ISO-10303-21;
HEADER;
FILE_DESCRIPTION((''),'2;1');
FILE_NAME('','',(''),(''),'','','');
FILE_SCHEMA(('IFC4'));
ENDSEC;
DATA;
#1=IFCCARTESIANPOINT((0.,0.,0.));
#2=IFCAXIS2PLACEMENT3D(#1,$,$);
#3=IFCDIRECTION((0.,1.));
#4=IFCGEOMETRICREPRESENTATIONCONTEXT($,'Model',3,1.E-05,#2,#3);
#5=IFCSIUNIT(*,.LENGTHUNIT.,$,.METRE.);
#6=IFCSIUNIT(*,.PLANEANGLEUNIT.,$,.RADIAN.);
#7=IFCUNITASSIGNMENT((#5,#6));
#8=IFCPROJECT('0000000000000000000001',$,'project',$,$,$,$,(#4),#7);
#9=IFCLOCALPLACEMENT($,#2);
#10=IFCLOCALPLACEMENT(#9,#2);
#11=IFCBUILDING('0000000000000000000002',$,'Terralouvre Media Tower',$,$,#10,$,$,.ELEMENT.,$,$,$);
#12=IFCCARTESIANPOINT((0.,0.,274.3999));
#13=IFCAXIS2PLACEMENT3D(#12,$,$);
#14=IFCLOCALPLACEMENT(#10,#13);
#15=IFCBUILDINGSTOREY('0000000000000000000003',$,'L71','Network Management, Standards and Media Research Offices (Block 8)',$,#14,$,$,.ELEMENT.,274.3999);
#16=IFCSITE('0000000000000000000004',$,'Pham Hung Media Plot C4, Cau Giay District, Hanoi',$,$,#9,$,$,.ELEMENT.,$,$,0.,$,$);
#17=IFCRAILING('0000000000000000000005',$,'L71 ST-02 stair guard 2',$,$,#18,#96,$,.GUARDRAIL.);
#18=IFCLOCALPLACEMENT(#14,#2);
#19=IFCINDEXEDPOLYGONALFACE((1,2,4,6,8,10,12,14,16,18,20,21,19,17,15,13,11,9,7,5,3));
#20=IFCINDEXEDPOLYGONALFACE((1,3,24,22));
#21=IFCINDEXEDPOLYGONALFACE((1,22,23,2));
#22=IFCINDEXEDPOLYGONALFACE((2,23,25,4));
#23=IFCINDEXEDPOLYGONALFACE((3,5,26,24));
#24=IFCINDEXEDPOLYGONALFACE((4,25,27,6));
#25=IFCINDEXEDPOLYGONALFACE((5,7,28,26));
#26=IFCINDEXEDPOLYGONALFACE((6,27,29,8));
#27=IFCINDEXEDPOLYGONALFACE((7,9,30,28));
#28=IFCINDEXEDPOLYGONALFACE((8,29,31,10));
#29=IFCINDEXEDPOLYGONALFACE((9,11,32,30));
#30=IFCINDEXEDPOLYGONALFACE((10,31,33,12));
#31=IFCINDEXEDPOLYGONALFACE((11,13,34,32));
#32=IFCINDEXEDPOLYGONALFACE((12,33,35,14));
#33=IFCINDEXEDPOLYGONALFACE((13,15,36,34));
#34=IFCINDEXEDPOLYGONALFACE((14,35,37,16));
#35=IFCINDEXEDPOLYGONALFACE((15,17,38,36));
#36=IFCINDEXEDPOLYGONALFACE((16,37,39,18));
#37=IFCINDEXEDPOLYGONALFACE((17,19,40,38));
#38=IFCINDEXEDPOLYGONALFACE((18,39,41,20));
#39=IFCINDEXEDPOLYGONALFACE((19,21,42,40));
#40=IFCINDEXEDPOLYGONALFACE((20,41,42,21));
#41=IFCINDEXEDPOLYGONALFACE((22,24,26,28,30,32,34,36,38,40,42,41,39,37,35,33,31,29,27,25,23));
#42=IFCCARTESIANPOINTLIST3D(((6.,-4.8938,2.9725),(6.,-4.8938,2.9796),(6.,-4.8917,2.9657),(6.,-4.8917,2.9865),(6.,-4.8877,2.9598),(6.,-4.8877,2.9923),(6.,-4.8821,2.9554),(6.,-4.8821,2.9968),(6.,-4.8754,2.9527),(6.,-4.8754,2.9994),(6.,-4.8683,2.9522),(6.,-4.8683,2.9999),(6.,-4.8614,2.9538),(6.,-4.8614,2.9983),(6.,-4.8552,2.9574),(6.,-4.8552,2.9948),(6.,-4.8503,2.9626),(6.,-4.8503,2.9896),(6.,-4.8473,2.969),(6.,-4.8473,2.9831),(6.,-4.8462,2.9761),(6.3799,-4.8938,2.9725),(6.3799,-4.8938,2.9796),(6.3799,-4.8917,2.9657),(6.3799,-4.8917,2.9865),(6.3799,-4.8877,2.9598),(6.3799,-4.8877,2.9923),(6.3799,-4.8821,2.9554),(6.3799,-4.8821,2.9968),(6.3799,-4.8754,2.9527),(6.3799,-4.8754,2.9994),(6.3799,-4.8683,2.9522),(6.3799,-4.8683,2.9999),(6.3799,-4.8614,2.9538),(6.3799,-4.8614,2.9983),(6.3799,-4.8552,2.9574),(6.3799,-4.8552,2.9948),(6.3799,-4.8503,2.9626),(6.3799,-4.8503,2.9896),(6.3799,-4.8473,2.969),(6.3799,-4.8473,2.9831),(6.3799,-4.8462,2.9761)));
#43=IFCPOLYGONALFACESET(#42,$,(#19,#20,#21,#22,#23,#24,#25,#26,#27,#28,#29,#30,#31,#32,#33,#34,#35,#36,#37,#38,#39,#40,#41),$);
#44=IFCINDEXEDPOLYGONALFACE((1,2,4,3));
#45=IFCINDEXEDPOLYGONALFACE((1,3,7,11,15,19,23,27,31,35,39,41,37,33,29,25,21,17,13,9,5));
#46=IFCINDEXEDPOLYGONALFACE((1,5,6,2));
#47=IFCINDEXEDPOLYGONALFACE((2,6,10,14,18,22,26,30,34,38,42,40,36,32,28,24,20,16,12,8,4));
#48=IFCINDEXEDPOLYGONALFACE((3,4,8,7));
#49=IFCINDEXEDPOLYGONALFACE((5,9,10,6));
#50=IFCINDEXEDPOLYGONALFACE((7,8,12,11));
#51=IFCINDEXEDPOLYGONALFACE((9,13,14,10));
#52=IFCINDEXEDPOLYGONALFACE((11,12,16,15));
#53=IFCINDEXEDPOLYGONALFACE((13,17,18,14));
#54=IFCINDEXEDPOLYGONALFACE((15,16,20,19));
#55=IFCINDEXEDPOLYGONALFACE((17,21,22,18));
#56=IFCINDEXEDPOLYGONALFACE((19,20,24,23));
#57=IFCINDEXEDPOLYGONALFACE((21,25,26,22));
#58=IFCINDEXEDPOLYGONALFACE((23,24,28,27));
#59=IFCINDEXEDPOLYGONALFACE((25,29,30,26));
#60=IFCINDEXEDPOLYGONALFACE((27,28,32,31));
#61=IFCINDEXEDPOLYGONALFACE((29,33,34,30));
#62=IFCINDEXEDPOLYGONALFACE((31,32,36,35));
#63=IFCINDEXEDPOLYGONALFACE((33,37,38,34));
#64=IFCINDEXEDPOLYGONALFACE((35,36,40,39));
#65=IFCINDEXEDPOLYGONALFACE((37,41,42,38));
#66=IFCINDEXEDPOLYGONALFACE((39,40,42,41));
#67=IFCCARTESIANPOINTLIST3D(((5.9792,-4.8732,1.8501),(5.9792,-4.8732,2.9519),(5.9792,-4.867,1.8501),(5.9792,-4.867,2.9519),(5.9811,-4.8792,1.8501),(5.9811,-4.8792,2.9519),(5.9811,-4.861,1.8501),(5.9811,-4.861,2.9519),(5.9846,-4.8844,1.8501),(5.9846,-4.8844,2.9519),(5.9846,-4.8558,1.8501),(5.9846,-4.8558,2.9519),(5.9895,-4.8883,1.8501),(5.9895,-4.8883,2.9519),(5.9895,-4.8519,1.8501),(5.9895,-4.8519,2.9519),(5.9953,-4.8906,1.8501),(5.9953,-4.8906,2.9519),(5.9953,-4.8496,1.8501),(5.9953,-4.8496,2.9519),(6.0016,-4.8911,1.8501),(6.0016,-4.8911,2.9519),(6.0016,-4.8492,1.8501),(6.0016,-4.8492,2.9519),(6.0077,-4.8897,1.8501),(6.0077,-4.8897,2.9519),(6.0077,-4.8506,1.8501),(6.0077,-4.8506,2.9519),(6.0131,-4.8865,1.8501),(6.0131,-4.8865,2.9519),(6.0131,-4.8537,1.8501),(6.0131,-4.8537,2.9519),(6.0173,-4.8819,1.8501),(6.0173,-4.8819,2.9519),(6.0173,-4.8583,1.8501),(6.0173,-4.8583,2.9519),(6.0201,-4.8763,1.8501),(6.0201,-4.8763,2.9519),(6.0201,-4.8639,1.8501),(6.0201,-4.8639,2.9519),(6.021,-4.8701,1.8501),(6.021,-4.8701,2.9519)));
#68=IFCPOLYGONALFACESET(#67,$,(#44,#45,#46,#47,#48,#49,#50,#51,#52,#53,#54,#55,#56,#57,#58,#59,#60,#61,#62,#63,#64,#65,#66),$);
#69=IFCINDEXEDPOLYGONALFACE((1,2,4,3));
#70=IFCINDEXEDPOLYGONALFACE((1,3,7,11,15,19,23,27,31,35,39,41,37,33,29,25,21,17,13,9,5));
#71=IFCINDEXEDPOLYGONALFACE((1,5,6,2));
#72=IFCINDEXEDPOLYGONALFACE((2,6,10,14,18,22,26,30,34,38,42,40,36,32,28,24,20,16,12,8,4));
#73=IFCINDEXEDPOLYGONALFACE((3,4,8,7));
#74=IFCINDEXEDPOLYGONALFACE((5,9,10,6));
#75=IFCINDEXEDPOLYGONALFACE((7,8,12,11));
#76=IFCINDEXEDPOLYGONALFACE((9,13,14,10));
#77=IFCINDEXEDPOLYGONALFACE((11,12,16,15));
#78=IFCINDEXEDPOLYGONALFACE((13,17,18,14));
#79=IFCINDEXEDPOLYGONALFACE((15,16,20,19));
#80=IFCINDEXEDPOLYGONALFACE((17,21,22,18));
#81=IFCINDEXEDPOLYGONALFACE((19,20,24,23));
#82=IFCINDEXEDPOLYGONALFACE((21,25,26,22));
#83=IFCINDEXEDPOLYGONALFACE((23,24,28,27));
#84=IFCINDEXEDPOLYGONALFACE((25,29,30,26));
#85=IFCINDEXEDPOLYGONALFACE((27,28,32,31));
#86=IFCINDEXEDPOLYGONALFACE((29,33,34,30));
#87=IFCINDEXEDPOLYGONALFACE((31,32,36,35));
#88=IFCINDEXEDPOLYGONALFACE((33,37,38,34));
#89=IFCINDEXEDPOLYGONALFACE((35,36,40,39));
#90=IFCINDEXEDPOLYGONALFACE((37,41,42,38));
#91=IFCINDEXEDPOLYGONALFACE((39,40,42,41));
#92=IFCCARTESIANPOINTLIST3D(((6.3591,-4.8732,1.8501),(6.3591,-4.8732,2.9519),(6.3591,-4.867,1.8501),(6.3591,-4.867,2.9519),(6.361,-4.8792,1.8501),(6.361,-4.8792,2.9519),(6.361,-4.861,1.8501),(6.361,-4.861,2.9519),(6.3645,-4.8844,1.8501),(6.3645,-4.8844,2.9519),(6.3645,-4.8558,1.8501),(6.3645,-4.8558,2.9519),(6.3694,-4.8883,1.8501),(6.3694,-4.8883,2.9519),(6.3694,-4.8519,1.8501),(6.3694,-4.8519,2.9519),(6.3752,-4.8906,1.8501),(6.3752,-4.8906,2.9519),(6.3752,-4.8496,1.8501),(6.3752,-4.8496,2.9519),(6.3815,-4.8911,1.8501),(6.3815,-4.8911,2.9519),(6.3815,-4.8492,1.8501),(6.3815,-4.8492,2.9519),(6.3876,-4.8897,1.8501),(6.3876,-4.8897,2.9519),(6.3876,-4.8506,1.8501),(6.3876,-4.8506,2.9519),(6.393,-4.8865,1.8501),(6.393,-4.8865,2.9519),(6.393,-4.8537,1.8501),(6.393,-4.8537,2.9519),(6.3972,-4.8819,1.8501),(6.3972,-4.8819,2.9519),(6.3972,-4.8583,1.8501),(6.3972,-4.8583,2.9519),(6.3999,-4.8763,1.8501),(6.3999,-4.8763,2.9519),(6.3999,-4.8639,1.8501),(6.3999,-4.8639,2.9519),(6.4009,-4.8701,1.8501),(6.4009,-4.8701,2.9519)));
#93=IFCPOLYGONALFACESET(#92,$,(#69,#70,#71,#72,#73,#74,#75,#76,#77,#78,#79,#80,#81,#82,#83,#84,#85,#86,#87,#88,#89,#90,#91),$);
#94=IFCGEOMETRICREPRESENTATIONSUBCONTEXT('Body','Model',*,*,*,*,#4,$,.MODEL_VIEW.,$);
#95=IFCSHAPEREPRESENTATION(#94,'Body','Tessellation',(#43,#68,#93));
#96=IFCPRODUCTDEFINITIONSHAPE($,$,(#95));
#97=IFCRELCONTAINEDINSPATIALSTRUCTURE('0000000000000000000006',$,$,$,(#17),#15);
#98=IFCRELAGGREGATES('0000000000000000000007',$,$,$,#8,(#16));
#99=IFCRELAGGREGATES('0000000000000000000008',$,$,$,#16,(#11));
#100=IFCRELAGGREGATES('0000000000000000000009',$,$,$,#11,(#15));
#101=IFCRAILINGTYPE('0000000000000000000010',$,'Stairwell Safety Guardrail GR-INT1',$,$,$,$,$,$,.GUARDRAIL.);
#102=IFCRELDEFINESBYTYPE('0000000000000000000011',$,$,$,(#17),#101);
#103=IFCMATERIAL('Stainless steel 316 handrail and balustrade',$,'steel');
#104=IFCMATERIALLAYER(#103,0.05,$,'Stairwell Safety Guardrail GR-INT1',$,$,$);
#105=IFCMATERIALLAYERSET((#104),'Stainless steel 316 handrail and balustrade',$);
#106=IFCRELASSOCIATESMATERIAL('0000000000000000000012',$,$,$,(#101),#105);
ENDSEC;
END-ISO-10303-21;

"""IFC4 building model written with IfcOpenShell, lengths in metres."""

from ifc_helpers import new_model, si_unit, direction, frame, origin, origin_2d, place, context, subcontext, project, spatial, circle, extrude, material, layer, layer_set, type_object, element, save


model = new_model("IFC4")

# Units and contexts
model_context = context("Model", 3, precision=1e-05, world=origin(), true_north=direction((0.0, 1.0)))
body_context = subcontext(model_context, "Body", "Model", "MODEL_VIEW")
ifc_project = project(units=[si_unit("LENGTHUNIT", "METRE"), si_unit("PLANEANGLEUNIT", "RADIAN")], contexts=[model_context])

# Site, building, storey
site_placement = place(None, origin())
site = spatial("IfcSite", under=ifc_project, at=site_placement, Name="Pham Hung Media Plot C4, Cau Giay District, Hanoi", CompositionType="ELEMENT", RefElevation=0.0)
building_placement = place(site_placement, origin())
building = spatial("IfcBuilding", under=site, at=building_placement, Name="Terralouvre Media Tower", CompositionType="ELEMENT")
storey_placement = place(building_placement, frame((0.0, 0.0, 274.3999)))
storey = spatial("IfcBuildingStorey", under=building, at=storey_placement, Name="L71", Description="Network Management, Standards and Media Research Offices (Block 8)", CompositionType="ELEMENT", Elevation=274.3999)

# Railing
ifc_material_1 = material(Name="Stainless steel 316 handrail and balustrade", Category="steel")
ifc_layer_1 = layer(ifc_material_1, 0.05, Name="Stairwell Safety Guardrail GR-INT1")
ifc_layer_set_1 = layer_set([ifc_layer_1], Name="Stainless steel 316 handrail and balustrade")
railing_type_1 = type_object("IfcRailingType", Name="Stairwell Safety Guardrail GR-INT1", PredefinedType="GUARDRAIL", material=ifc_layer_set_1)
railing_1_placement = place(storey_placement, frame((6.0, -4.8701, 1.8501)))
element("IfcRailing", 1, at=railing_1_placement, inside=storey, type_object=railing_type_1, Name="L71 ST-02 stair guard 2", PredefinedType="GUARDRAIL", context=body_context, shape_type="SweptSolid", body=[
    extrude(circle(Radius=0.0239, at=origin_2d()), frame((0.0, 0.0, 1.126), z_axis=(1.0, 0.0, 0.0), x_axis=(0.0, 1.0, 0.0)), (0.0, 0.0, 1.0), 0.3799),
    extrude(circle(Radius=0.021, at=origin_2d()), origin(), (0.0, 0.0, 1.0), 1.1018),
    extrude(circle(Radius=0.021, at=origin_2d()), frame((0.3799, 0.0, 0.0)), (0.0, 0.0, 1.0), 1.1018),
])

save(model, "model.ifc")
